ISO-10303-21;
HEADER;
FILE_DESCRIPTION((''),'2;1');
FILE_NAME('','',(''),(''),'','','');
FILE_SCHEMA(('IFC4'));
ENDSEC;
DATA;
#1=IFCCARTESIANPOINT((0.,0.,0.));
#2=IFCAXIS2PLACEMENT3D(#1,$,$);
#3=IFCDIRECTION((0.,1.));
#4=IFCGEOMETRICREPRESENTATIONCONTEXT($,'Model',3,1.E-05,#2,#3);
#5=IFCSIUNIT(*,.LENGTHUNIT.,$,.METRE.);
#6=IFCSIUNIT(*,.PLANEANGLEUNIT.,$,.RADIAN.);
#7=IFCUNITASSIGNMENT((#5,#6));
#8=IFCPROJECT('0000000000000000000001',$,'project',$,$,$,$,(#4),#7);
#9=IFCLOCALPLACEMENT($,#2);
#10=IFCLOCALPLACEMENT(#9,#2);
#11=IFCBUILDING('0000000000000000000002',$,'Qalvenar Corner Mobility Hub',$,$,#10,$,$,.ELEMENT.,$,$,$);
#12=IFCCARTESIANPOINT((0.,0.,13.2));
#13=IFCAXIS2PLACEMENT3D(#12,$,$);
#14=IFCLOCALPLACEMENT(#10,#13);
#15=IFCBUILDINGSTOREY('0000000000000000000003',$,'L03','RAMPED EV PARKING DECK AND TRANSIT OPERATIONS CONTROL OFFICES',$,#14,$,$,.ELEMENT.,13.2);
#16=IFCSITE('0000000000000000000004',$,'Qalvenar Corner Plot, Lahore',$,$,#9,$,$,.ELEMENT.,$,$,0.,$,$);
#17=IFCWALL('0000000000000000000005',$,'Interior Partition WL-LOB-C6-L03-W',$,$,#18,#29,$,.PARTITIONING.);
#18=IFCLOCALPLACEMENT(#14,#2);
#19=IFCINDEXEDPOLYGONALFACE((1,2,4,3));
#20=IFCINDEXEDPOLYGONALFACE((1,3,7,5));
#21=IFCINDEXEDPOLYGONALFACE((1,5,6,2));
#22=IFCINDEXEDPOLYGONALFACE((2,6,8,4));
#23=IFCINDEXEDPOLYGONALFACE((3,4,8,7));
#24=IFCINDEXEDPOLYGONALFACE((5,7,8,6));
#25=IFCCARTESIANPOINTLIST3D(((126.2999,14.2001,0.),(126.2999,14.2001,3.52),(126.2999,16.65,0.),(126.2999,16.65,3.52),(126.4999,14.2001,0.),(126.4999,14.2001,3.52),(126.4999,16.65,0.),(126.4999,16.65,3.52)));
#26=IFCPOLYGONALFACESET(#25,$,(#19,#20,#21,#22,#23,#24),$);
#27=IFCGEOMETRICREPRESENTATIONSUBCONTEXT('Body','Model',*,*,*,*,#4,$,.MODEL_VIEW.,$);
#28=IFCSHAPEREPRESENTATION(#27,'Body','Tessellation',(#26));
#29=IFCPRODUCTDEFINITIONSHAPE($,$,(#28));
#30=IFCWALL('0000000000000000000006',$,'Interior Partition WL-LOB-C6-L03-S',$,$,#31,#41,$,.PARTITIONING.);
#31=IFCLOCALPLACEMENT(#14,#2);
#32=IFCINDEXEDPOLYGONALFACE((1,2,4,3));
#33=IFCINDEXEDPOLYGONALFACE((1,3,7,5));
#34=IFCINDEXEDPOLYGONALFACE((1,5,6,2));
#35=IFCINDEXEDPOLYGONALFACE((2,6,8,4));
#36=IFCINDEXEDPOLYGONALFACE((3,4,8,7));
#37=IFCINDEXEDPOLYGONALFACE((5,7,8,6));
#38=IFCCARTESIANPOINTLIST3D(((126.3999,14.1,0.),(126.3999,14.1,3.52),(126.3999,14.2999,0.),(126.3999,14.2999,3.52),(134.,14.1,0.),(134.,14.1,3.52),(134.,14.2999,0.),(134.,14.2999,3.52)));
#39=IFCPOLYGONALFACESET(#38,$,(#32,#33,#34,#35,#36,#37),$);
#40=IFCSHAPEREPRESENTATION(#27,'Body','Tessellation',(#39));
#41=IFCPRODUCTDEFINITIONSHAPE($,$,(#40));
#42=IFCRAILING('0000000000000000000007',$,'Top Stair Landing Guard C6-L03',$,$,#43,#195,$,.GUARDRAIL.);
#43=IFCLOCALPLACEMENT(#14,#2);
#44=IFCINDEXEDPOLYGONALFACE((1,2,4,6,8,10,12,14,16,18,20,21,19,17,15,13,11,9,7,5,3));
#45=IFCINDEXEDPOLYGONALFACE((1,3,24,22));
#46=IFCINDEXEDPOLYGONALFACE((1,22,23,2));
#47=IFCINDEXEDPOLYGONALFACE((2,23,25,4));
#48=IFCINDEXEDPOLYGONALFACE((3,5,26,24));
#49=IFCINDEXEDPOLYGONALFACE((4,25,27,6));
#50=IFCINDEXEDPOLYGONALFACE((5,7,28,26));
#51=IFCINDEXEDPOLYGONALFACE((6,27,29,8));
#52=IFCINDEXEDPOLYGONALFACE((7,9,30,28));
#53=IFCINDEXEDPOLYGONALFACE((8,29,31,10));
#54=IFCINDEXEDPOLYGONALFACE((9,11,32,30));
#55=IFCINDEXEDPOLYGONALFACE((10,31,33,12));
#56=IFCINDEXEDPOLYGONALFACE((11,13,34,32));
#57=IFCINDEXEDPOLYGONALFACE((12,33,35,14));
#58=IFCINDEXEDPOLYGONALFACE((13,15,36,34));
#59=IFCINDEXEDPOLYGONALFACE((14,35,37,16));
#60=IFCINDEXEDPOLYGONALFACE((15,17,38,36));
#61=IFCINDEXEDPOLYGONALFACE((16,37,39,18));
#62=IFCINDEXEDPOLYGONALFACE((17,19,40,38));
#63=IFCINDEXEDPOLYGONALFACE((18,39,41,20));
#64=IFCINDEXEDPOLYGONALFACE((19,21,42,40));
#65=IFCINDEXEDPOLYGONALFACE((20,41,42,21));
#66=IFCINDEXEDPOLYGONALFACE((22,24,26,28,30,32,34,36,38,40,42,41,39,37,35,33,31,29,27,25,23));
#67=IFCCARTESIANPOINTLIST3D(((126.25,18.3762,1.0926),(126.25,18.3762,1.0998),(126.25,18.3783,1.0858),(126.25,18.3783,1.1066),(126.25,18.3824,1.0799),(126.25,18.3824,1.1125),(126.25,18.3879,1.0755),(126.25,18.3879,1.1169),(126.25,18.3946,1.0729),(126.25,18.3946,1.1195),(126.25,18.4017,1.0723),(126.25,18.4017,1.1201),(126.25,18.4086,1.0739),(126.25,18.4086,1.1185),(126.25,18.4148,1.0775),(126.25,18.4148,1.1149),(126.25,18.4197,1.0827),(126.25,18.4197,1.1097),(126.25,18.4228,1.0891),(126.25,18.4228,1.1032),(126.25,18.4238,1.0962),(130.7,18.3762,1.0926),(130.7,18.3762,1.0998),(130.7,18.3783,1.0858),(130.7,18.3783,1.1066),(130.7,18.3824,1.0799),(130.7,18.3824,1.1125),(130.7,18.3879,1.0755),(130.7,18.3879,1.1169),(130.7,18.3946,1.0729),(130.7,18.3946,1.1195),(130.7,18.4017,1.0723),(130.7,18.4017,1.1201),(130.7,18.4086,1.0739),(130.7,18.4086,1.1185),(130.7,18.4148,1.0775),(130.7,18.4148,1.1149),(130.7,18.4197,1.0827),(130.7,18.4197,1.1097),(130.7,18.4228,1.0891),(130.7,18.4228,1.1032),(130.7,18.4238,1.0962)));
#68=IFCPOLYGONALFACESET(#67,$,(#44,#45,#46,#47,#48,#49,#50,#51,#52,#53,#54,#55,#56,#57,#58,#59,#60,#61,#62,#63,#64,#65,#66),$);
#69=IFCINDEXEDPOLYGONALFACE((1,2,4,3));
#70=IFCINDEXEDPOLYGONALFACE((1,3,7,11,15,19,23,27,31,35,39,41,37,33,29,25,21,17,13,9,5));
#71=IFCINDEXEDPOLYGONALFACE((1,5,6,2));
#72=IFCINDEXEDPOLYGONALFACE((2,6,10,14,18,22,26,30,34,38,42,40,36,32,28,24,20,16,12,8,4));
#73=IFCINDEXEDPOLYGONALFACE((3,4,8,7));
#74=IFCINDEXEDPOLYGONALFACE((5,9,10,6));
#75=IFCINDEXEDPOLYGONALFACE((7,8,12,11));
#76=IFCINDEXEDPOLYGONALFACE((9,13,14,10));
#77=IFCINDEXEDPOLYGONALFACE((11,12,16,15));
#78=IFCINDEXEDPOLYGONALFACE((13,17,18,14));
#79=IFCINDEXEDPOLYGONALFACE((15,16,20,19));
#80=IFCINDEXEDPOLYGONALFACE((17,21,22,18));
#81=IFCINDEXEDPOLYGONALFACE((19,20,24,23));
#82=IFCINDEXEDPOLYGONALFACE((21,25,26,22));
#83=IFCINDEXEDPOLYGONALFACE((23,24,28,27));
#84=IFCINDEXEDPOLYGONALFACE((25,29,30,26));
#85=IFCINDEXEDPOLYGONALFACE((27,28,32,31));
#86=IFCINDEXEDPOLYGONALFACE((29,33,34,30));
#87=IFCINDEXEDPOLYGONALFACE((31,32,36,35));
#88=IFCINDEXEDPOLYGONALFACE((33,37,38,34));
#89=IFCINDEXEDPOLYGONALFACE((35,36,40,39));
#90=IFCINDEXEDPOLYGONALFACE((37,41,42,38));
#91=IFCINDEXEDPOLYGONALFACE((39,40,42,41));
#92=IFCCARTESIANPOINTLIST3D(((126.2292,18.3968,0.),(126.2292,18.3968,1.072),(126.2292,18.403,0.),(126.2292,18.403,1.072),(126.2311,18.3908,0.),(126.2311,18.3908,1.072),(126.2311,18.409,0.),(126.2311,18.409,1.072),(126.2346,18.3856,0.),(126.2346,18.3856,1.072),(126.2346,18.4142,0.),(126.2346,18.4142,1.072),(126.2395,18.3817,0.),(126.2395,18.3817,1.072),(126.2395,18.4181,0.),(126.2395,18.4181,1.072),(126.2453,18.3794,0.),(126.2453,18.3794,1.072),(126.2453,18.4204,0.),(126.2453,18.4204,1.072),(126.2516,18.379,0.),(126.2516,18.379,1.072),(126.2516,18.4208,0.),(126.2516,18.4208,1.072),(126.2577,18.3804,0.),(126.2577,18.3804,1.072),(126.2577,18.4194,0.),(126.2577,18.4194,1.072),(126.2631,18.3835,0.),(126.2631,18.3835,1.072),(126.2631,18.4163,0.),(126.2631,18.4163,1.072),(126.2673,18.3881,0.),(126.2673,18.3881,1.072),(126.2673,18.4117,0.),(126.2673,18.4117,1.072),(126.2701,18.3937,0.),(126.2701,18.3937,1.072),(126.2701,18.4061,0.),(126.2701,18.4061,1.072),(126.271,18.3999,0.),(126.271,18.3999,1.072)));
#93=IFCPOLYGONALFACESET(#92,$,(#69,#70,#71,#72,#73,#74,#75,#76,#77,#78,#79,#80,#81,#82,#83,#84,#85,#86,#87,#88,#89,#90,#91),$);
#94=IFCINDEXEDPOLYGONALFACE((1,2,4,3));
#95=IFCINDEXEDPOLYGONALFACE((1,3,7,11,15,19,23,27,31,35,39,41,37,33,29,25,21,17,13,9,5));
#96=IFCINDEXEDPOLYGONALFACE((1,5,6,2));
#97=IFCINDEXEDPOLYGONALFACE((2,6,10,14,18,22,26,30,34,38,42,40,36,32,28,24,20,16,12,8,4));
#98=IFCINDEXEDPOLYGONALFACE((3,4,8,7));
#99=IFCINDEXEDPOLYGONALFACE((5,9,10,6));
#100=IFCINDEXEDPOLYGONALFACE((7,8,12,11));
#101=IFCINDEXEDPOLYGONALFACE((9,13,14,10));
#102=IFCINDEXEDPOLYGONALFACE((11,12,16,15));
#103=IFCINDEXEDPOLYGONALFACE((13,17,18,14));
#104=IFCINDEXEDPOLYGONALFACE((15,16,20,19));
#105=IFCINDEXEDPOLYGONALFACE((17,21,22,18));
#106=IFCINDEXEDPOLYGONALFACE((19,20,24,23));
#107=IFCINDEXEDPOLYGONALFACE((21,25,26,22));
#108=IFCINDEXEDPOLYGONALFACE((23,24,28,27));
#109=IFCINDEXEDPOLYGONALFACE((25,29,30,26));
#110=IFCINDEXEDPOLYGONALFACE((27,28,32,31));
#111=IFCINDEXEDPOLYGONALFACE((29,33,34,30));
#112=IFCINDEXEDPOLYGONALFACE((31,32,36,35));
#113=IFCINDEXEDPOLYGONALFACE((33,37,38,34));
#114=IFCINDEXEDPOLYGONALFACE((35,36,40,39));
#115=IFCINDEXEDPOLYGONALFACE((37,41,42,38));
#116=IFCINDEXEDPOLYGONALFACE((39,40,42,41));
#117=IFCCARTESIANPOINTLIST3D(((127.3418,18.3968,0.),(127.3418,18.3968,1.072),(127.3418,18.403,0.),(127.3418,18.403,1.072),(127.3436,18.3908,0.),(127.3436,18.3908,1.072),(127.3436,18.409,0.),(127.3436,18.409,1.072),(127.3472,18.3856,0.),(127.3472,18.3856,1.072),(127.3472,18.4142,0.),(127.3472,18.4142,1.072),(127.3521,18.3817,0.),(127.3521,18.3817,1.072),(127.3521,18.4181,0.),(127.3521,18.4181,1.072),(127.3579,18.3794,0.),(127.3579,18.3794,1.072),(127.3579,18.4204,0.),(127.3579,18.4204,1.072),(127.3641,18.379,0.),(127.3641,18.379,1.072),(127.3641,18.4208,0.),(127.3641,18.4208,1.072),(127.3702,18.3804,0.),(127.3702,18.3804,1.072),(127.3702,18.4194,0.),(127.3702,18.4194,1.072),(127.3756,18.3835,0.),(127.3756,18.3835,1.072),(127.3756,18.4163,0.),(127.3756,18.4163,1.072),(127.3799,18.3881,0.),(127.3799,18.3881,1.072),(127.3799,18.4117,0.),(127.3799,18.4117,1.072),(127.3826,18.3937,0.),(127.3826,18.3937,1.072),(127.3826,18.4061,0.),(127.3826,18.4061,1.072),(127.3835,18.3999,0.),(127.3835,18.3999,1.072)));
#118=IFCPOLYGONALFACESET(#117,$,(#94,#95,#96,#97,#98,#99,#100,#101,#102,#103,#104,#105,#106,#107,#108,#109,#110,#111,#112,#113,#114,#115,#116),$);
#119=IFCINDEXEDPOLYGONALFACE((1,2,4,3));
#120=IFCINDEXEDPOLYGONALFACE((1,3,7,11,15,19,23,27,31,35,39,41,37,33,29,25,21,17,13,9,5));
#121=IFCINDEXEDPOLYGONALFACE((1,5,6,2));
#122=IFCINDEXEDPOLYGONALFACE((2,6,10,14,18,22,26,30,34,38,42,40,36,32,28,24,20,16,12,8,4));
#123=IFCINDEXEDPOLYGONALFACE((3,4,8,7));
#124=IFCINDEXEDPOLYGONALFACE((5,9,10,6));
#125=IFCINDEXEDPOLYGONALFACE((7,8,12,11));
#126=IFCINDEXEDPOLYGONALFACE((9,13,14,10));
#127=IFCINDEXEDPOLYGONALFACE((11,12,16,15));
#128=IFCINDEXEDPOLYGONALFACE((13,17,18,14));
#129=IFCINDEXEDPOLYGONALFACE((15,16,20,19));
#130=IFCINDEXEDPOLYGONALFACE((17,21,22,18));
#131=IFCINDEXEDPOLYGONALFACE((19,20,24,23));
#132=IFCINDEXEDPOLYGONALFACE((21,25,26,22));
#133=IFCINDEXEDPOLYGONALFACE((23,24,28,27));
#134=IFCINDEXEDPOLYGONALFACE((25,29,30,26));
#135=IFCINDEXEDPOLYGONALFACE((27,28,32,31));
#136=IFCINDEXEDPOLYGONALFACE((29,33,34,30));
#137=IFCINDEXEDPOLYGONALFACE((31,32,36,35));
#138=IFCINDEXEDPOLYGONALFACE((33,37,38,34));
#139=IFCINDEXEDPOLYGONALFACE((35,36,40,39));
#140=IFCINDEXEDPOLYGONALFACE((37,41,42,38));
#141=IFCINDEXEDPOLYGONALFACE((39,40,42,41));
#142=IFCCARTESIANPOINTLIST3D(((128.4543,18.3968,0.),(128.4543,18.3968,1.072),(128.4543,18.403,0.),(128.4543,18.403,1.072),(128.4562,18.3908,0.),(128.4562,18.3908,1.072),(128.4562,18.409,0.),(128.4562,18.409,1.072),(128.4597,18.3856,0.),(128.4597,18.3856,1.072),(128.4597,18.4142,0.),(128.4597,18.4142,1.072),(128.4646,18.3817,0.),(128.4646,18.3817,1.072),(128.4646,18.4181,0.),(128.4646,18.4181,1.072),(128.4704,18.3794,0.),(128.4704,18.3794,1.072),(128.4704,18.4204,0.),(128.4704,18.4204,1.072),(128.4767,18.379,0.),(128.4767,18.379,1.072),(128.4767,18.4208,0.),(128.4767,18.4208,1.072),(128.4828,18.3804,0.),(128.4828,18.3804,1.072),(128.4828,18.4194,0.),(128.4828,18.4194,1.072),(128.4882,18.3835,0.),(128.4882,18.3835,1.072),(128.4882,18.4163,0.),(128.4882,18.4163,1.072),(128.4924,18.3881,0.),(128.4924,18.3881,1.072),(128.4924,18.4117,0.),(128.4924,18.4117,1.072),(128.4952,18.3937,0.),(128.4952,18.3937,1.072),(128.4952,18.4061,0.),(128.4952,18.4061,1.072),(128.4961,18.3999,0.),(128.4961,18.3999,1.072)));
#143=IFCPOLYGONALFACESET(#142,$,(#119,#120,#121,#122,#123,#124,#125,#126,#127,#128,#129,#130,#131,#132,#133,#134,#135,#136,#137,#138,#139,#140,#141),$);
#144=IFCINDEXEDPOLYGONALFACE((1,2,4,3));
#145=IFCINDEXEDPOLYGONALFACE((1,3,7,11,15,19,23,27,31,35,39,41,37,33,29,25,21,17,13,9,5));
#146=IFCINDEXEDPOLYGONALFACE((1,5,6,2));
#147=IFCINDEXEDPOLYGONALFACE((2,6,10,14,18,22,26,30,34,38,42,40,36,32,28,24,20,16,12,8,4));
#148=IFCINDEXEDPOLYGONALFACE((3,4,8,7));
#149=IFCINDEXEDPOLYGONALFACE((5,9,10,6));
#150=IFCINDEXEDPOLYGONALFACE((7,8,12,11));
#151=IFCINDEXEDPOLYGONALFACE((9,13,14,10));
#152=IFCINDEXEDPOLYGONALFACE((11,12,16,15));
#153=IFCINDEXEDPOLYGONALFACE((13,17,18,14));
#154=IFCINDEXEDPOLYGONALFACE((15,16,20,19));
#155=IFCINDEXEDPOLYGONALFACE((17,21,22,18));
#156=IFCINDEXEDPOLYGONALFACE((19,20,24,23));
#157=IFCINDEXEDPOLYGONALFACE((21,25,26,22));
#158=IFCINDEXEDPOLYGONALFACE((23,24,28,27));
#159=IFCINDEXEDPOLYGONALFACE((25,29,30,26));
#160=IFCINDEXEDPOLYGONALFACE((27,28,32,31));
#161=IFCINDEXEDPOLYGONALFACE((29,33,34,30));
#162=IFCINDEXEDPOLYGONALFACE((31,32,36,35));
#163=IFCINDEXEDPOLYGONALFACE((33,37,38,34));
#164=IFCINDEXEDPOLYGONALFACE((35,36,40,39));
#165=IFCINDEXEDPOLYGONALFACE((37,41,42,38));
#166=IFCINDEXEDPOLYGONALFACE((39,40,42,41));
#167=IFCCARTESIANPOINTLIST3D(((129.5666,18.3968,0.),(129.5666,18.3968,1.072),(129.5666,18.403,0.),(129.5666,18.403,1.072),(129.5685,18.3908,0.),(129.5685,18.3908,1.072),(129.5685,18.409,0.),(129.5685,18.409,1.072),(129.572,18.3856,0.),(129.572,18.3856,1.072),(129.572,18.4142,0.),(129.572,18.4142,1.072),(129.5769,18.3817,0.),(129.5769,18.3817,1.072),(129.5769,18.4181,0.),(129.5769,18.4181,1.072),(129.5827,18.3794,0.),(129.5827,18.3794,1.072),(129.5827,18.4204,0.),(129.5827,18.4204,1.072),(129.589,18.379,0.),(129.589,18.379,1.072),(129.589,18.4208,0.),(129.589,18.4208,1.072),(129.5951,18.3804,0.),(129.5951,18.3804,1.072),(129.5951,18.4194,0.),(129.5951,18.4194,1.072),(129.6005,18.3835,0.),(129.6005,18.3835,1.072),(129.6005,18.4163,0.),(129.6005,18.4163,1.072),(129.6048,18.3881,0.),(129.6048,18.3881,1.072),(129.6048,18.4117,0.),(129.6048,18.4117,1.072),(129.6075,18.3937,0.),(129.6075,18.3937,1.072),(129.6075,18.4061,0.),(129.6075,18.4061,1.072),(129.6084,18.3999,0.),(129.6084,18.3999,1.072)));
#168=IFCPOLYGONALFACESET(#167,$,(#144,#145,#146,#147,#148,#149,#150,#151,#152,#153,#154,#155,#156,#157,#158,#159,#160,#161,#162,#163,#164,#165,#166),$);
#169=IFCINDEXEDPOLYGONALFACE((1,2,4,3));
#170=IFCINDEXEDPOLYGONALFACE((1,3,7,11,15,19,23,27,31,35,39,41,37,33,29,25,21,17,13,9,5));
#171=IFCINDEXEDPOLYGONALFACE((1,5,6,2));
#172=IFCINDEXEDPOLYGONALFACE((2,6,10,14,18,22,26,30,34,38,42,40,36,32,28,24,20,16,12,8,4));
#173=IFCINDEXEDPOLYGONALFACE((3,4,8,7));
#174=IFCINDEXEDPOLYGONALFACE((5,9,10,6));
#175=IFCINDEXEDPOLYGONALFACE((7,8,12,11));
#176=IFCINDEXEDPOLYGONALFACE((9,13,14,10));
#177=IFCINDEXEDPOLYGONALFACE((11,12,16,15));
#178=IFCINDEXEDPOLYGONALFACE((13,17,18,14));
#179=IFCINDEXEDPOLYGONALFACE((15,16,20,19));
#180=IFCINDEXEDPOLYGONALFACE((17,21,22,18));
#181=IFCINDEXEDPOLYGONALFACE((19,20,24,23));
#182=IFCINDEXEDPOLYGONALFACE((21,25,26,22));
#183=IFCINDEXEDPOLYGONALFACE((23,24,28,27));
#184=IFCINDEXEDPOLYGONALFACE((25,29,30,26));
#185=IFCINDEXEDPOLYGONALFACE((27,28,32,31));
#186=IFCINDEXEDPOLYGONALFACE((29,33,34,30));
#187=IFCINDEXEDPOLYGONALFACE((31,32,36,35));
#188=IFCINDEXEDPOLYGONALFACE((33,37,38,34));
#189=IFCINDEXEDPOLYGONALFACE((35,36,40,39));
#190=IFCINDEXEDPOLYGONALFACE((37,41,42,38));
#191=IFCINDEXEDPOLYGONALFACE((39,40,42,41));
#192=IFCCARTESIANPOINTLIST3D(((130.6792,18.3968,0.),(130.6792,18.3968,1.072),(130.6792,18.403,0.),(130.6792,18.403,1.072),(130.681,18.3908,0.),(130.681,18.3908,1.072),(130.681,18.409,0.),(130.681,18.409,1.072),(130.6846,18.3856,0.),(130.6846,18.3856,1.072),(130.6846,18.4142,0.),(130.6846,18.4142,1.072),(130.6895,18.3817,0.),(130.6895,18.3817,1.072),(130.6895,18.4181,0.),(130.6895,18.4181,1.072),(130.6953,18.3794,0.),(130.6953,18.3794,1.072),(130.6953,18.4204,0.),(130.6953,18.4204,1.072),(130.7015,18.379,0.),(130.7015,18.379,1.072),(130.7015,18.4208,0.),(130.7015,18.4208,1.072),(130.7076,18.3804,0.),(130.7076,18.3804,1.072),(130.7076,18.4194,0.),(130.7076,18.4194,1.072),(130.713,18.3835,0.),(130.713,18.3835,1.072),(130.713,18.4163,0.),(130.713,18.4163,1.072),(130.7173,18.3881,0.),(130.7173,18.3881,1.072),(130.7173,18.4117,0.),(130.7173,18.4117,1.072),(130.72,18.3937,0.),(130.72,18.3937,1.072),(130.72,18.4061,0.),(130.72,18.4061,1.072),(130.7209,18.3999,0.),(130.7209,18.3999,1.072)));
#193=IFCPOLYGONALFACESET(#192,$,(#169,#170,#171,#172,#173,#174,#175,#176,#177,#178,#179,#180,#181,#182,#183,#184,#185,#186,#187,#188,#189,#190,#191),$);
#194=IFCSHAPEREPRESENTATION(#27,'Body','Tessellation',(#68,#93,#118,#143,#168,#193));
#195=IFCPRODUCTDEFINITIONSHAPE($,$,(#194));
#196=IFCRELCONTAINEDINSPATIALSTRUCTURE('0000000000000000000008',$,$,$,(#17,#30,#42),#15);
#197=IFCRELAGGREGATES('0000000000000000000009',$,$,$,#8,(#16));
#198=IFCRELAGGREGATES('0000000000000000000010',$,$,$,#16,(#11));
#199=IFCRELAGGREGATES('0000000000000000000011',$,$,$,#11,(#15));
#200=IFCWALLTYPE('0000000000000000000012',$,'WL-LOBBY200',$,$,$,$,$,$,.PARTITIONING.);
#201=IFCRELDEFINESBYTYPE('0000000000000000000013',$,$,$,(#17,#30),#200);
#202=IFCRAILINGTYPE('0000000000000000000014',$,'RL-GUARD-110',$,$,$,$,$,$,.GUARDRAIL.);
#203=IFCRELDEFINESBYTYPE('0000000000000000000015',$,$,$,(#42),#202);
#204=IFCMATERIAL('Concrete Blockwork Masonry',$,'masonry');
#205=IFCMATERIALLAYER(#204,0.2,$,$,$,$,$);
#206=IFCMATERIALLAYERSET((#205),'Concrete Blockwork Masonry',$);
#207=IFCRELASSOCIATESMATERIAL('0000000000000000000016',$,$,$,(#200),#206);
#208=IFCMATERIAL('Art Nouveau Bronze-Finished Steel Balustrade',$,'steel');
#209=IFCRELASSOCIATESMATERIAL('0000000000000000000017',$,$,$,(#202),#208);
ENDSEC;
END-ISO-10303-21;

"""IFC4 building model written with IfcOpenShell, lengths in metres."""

from ifc_helpers import new_model, si_unit, direction, frame, frame_2d, origin, origin_2d, place, context, subcontext, project, spatial, rectangle, circle, extrude, material, layer, layer_set, type_object, element, save


model = new_model("IFC4")

# Units and contexts
model_context = context("Model", 3, precision=1e-05, world=origin(), true_north=direction((0.0, 1.0)))
body_context = subcontext(model_context, "Body", "Model", "MODEL_VIEW")
ifc_project = project(units=[si_unit("LENGTHUNIT", "METRE"), si_unit("PLANEANGLEUNIT", "RADIAN")], contexts=[model_context])

# Site, building, storey
site_placement = place(None, origin())
site = spatial("IfcSite", under=ifc_project, at=site_placement, Name="Qalvenar Corner Plot, Lahore", CompositionType="ELEMENT", RefElevation=0.0)
building_placement = place(site_placement, origin())
building = spatial("IfcBuilding", under=site, at=building_placement, Name="Qalvenar Corner Mobility Hub", CompositionType="ELEMENT")
storey_placement = place(building_placement, frame((0.0, 0.0, 13.2)))
storey = spatial("IfcBuildingStorey", under=building, at=storey_placement, Name="L03", Description="RAMPED EV PARKING DECK AND TRANSIT OPERATIONS CONTROL OFFICES", CompositionType="ELEMENT", Elevation=13.2)

# Walls
ifc_material_1 = material(Name="Concrete Blockwork Masonry", Category="masonry")
ifc_layer_1 = layer(ifc_material_1, 0.2)
ifc_layer_set_1 = layer_set([ifc_layer_1], Name="Concrete Blockwork Masonry")
wall_type_1 = type_object("IfcWallType", Name="WL-LOBBY200", PredefinedType="PARTITIONING", material=ifc_layer_set_1)
wall_1_placement = place(storey_placement, frame((126.3999, 14.2, 0.0), z_axis=(0.0, 0.0, 1.0), x_axis=(0.0, 1.0, 0.0)))
element("IfcWall", 1, at=wall_1_placement, inside=storey, type_object=wall_type_1, Name="Interior Partition WL-LOB-C6-L03-W", PredefinedType="PARTITIONING", context=body_context, shape_type="SweptSolid", body=[
    extrude(rectangle(XDim=2.45, YDim=0.2, at=frame_2d((1.2251, 0.0))), origin(), (0.0, 0.0, 1.0), 3.52),
])
wall_2_placement = place(storey_placement, frame((126.3999, 14.2, 0.0), z_axis=(0.0, 0.0, 1.0), x_axis=(1.0, 0.0, 0.0)))
element("IfcWall", 2, at=wall_2_placement, inside=storey, type_object=wall_type_1, Name="Interior Partition WL-LOB-C6-L03-S", PredefinedType="PARTITIONING", context=body_context, shape_type="SweptSolid", body=[
    extrude(rectangle(XDim=7.6001, YDim=0.2, at=frame_2d((3.8, 0.0))), origin(), (0.0, 0.0, 1.0), 3.52),
])

# Railing
ifc_material_2 = material(Name="Art Nouveau Bronze-Finished Steel Balustrade", Category="steel")
railing_type = type_object("IfcRailingType", Name="RL-GUARD-110", PredefinedType="GUARDRAIL", material=ifc_material_2)
railing_1_placement = place(storey_placement, frame((126.25, 18.3999, 0.0)))
element("IfcRailing", 3, at=railing_1_placement, inside=storey, type_object=railing_type, Name="Top Stair Landing Guard C6-L03", PredefinedType="GUARDRAIL", context=body_context, shape_type="SweptSolid", body=[
    extrude(circle(Radius=0.0239, at=origin_2d()), frame((0.0, 0.0, 1.0962), z_axis=(1.0, 0.0, 0.0), x_axis=(0.0, 1.0, 0.0)), (0.0, 0.0, 1.0), 4.45),
    extrude(circle(Radius=0.021, at=origin_2d()), origin(), (0.0, 0.0, 1.0), 1.072),
    extrude(circle(Radius=0.021, at=origin_2d()), frame((1.1125, 0.0, 0.0)), (0.0, 0.0, 1.0), 1.072),
    extrude(circle(Radius=0.021, at=origin_2d()), frame((2.2251, 0.0, 0.0)), (0.0, 0.0, 1.0), 1.072),
    extrude(circle(Radius=0.021, at=origin_2d()), frame((3.3374, 0.0, 0.0)), (0.0, 0.0, 1.0), 1.072),
    extrude(circle(Radius=0.021, at=origin_2d()), frame((4.45, 0.0, 0.0)), (0.0, 0.0, 1.0), 1.072),
])

save(model, "model.ifc")
